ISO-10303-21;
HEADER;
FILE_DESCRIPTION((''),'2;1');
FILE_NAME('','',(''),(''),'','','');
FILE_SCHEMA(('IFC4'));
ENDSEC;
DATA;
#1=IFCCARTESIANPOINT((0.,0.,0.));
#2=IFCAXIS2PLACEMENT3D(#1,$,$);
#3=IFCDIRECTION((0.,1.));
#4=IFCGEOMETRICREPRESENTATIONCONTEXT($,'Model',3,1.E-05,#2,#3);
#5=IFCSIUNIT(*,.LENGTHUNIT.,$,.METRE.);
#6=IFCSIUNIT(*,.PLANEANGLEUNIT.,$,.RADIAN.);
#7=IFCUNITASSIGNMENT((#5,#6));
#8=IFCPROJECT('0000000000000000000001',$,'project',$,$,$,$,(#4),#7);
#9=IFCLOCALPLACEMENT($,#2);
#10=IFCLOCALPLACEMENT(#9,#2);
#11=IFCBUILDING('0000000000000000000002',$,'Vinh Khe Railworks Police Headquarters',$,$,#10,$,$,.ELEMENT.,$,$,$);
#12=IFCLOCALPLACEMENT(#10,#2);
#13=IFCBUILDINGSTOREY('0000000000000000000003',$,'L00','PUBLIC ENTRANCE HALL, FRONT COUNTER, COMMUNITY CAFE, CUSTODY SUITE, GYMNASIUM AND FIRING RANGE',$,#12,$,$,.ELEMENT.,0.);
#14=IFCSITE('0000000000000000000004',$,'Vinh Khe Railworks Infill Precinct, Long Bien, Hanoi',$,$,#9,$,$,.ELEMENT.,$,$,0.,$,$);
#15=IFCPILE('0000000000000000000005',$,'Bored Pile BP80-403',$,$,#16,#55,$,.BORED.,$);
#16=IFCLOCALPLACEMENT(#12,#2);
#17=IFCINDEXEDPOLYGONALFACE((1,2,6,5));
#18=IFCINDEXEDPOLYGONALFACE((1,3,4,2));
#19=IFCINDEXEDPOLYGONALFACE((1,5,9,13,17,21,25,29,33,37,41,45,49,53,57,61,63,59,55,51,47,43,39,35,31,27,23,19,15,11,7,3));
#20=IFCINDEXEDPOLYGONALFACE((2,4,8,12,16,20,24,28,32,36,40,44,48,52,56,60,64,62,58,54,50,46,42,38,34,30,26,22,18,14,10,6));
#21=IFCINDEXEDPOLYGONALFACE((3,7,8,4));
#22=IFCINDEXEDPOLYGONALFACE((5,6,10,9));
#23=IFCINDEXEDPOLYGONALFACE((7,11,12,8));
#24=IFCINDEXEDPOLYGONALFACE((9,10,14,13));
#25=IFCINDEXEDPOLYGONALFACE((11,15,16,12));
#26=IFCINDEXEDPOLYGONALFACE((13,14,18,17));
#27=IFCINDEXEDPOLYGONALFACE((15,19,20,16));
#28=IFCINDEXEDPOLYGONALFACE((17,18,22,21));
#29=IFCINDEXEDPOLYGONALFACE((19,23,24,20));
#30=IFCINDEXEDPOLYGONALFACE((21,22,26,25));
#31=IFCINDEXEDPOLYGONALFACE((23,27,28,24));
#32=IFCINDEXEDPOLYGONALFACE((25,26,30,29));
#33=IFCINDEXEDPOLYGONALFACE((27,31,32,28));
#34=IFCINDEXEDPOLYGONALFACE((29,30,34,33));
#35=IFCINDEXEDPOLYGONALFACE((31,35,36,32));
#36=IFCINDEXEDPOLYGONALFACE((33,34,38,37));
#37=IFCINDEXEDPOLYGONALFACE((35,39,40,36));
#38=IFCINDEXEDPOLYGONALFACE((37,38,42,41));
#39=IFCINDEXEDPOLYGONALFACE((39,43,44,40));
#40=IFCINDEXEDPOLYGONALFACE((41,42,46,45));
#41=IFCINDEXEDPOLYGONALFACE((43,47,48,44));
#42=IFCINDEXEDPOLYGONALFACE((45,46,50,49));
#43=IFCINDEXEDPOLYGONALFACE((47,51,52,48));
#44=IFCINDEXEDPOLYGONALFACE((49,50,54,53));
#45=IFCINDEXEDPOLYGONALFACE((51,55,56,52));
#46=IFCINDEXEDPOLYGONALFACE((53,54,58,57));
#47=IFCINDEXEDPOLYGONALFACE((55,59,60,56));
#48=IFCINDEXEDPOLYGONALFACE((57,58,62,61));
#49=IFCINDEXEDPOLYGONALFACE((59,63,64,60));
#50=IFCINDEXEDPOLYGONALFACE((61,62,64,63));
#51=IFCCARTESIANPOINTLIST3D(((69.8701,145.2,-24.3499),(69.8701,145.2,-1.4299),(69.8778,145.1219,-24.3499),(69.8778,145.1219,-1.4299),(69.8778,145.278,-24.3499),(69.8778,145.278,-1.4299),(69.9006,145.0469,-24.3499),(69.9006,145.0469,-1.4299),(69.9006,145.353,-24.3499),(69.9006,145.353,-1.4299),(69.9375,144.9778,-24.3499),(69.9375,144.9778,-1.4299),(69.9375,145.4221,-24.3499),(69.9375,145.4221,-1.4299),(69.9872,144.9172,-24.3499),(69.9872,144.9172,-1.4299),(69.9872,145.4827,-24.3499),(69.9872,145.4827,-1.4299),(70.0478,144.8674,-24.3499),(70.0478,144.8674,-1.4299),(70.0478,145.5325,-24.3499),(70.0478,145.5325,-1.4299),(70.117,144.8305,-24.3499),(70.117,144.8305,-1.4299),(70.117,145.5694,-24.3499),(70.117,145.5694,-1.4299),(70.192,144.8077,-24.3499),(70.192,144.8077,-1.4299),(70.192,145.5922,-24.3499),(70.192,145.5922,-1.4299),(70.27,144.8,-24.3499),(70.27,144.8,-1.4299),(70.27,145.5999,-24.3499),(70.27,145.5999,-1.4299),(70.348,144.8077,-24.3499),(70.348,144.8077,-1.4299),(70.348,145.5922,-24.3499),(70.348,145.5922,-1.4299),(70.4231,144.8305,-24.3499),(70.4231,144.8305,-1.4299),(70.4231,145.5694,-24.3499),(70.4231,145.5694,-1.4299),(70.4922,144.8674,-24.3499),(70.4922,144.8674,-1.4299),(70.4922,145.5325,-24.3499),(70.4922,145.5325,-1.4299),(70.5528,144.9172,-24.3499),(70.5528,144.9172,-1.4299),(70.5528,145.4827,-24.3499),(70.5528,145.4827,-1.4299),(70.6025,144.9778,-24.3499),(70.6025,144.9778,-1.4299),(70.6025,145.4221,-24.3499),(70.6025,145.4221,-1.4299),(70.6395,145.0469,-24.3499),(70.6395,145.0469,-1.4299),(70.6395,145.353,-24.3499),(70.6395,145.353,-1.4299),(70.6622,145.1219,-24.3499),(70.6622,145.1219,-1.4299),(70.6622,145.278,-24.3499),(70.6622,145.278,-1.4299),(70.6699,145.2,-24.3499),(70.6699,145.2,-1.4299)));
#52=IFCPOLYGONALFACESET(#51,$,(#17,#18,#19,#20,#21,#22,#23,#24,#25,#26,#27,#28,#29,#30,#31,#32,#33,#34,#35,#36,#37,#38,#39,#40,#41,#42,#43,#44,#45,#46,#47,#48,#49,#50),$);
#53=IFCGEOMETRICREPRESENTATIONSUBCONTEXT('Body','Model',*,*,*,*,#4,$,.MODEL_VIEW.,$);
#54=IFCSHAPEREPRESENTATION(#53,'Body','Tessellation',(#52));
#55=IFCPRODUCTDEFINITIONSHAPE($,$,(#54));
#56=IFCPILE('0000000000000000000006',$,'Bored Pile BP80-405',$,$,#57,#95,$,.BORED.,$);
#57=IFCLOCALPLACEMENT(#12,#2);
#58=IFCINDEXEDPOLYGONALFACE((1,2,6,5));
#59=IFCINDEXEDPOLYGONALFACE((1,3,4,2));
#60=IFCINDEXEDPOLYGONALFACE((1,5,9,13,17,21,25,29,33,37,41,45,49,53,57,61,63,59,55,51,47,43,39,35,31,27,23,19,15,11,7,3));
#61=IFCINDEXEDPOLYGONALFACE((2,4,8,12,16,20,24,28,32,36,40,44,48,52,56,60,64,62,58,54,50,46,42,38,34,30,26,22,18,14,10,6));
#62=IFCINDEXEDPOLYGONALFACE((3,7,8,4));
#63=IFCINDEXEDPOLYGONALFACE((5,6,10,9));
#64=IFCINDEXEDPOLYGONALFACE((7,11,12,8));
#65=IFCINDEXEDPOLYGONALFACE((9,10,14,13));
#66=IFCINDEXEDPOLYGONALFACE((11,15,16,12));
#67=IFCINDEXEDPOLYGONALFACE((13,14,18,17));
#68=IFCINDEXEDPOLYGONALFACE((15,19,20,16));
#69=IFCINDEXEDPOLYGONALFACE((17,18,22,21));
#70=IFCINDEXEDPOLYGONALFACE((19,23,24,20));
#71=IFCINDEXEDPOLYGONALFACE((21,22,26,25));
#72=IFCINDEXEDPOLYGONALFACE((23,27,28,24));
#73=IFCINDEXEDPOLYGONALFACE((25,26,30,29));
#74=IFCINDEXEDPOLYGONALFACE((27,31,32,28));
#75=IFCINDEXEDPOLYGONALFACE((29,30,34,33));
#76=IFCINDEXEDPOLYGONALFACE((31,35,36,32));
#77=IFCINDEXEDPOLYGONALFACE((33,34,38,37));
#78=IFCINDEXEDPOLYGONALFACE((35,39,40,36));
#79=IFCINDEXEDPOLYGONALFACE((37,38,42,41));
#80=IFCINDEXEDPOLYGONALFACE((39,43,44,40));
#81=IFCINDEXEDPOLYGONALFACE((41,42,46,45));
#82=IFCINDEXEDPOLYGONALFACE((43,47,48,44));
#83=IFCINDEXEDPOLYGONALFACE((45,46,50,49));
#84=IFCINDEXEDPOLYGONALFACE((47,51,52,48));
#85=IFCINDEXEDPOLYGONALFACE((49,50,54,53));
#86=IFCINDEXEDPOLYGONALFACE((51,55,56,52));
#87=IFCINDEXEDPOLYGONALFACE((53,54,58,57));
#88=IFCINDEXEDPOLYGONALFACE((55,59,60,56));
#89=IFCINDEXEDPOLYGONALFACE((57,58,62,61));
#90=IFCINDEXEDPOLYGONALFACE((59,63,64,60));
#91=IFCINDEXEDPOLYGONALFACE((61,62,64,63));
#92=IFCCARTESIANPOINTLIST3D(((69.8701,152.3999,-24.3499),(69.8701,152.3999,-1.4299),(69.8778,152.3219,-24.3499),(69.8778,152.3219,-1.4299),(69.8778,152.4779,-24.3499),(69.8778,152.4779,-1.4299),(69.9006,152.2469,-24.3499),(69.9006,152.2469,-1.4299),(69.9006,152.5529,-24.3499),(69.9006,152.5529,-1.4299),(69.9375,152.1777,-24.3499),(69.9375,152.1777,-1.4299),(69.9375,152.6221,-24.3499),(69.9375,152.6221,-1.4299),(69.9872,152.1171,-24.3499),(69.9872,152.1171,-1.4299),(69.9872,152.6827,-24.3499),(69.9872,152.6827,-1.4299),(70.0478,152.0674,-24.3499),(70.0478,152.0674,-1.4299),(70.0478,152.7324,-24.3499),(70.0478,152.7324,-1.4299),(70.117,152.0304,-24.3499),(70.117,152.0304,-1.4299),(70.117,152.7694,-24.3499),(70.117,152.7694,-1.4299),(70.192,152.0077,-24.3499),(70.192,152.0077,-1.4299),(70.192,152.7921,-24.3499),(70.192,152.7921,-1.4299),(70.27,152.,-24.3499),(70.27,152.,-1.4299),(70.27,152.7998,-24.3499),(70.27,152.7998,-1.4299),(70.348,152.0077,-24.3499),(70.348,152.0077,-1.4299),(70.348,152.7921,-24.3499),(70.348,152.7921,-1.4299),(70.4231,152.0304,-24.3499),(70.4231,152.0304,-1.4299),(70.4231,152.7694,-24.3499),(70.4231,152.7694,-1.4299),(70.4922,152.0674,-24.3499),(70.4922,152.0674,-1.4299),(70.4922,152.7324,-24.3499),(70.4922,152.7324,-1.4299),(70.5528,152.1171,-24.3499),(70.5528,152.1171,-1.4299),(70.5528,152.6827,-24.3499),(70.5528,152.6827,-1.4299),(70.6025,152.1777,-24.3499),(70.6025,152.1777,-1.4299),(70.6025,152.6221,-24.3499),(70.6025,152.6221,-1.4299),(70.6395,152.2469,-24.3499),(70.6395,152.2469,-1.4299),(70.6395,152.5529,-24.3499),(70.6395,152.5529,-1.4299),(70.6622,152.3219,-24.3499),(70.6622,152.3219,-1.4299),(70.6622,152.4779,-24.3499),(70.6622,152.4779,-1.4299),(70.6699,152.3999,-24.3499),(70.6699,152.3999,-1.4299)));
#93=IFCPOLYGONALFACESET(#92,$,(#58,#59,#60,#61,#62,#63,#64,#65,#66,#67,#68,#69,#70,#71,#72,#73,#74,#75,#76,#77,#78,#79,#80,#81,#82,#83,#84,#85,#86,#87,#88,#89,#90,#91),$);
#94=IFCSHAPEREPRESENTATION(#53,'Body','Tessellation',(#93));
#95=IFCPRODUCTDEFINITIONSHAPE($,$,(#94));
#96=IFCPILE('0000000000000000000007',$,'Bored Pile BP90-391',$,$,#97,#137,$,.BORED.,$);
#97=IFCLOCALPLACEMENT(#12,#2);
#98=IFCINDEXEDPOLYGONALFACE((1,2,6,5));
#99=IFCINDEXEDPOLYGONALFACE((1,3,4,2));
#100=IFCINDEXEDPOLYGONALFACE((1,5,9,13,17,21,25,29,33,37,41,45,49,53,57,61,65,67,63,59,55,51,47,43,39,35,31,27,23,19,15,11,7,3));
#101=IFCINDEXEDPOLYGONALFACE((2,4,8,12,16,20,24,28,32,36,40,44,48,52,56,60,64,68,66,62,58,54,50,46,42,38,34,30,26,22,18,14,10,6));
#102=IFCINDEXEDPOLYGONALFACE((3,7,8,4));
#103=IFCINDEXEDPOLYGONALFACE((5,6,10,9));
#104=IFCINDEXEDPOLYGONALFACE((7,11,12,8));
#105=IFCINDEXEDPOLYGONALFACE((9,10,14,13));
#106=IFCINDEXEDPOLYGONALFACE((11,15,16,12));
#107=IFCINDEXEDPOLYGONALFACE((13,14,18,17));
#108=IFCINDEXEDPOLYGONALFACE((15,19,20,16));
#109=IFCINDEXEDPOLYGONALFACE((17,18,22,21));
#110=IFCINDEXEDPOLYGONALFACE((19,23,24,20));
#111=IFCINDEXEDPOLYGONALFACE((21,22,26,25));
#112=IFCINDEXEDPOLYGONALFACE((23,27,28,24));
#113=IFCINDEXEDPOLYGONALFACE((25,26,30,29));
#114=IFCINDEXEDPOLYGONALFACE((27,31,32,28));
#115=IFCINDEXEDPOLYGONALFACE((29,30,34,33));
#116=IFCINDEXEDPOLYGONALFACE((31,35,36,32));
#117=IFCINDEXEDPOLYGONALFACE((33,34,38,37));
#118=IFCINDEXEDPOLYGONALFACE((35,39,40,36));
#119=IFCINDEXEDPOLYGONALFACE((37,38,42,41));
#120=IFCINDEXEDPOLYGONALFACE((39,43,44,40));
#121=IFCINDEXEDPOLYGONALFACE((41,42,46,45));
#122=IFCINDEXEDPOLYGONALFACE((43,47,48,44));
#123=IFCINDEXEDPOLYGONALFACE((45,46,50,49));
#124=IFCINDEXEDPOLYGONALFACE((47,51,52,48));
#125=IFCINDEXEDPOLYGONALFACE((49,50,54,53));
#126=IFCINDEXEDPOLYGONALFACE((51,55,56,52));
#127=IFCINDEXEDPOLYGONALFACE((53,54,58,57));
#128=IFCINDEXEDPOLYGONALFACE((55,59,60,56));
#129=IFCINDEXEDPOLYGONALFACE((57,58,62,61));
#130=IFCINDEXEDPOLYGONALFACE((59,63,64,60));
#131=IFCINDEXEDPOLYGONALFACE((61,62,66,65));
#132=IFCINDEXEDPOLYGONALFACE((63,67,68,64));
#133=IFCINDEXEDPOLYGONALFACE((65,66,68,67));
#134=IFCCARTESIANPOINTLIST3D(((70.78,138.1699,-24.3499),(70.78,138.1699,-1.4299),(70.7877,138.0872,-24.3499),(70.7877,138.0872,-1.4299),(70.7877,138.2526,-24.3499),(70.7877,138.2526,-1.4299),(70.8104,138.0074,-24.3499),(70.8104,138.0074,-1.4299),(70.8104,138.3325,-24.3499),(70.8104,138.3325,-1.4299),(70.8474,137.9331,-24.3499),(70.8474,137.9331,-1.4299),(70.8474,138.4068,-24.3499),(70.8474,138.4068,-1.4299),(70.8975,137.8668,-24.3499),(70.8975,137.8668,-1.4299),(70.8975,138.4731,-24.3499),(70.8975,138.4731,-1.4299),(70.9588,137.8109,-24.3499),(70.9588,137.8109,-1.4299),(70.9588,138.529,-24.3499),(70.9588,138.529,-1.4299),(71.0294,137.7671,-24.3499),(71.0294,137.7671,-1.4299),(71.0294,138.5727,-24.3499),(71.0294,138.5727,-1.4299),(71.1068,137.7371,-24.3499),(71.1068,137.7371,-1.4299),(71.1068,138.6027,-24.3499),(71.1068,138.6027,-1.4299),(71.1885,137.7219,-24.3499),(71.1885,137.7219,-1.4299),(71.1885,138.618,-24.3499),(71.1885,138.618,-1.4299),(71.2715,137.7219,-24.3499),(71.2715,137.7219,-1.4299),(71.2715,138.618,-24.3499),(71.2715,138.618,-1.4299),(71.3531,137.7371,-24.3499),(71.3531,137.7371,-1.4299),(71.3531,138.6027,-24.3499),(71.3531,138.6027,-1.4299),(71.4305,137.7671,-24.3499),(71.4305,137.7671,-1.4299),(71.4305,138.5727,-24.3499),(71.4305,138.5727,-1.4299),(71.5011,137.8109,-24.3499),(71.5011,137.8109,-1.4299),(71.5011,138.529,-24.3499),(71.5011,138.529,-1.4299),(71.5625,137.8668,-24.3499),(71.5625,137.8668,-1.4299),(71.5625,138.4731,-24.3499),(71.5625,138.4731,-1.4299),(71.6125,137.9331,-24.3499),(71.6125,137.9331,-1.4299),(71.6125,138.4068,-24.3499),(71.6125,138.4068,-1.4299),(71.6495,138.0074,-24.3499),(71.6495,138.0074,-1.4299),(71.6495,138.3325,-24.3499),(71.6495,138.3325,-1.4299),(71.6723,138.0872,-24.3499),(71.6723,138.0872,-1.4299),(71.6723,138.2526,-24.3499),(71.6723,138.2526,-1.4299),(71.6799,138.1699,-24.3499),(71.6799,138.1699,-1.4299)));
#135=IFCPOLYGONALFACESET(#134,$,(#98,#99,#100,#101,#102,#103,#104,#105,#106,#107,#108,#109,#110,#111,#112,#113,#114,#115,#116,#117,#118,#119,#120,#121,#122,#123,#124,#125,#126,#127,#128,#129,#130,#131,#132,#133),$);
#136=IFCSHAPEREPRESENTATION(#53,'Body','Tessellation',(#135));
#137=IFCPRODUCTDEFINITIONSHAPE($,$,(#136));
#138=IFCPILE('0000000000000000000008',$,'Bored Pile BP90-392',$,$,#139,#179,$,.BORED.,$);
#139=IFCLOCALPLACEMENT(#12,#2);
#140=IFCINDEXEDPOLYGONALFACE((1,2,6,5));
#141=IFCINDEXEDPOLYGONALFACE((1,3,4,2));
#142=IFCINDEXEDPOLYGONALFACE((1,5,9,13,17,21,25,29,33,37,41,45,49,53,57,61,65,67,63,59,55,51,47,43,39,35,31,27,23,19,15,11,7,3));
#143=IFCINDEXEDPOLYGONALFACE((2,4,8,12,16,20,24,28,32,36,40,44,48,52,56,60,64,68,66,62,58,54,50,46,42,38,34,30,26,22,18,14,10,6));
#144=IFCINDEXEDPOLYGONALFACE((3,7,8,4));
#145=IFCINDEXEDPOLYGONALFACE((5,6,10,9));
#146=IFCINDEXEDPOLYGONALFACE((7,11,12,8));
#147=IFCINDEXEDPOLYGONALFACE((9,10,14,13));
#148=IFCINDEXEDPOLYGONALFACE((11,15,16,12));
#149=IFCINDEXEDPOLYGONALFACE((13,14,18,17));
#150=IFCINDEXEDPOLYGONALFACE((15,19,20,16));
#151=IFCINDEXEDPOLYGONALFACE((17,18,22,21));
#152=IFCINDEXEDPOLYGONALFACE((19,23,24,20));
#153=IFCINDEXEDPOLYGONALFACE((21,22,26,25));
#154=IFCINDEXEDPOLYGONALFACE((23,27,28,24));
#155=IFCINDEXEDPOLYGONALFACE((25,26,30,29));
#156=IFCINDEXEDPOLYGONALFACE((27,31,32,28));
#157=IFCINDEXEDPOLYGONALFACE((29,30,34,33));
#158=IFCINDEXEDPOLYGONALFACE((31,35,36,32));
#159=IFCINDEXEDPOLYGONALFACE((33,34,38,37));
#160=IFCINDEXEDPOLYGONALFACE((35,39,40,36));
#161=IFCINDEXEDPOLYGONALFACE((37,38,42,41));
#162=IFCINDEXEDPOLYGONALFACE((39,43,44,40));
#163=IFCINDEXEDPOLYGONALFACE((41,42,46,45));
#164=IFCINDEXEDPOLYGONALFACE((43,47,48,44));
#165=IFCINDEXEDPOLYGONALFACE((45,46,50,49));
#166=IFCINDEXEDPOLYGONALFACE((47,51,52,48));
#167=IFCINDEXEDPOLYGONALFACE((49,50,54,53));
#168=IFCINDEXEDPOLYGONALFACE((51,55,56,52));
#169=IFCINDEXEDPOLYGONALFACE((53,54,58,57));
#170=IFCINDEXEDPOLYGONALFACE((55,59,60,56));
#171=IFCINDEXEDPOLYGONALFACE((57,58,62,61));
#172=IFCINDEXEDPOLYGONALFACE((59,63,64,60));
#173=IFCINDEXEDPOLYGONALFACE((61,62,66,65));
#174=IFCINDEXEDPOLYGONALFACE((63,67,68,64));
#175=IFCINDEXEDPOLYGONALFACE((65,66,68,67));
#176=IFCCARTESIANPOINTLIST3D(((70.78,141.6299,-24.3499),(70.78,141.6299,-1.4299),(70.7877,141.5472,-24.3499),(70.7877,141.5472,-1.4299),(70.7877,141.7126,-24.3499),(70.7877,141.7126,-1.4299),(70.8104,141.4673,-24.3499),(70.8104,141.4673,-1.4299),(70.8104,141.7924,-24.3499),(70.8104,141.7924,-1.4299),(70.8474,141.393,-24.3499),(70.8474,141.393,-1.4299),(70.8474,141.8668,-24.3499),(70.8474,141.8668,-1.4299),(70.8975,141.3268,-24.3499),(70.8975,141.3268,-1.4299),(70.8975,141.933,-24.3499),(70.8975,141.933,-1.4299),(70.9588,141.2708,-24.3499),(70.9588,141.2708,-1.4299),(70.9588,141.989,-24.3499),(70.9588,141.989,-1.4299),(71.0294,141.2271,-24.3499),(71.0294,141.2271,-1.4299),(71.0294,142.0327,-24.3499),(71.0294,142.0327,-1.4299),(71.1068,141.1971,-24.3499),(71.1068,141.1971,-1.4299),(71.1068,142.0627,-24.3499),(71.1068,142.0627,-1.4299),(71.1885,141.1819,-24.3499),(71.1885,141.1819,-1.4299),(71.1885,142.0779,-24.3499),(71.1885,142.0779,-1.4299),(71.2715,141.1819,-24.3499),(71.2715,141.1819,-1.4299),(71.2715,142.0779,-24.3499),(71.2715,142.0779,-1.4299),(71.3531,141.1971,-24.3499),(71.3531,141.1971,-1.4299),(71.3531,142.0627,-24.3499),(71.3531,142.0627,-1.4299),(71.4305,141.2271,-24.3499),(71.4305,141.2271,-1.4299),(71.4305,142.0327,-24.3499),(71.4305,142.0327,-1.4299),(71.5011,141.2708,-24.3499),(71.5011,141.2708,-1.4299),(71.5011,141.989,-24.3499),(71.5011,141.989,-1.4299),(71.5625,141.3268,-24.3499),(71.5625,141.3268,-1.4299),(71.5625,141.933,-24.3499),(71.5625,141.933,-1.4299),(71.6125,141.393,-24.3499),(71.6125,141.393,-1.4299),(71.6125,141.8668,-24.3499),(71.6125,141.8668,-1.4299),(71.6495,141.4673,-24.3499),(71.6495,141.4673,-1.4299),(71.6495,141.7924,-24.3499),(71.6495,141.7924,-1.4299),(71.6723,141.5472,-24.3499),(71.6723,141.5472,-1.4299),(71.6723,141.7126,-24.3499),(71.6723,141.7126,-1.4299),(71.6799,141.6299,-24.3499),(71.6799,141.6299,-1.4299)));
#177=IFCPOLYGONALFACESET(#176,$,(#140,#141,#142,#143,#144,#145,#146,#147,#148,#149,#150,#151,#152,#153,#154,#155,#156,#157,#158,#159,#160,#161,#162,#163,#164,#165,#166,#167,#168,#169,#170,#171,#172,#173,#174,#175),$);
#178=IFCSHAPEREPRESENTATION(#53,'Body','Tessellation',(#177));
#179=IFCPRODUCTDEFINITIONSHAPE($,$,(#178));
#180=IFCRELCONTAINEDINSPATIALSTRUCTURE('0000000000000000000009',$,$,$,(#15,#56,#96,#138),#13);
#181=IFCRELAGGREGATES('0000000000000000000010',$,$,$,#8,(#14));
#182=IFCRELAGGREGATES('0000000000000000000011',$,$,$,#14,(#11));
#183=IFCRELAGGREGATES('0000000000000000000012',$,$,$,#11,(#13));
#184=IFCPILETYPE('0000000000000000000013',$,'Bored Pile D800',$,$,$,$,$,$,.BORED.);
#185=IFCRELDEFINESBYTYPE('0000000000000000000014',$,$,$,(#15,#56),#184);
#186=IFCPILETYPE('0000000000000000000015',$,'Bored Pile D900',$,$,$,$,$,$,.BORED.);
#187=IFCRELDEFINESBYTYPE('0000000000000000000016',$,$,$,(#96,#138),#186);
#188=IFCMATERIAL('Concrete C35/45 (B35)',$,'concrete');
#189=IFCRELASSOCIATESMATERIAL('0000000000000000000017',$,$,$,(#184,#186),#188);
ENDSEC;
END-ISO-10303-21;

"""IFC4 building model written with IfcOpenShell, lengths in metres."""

from ifc_helpers import new_model, si_unit, direction, frame, origin, origin_2d, place, context, subcontext, project, spatial, circle, extrude, material, material_profile, profile_set, type_object, element, save


model = new_model("IFC4")

# Units and contexts
model_context = context("Model", 3, precision=1e-05, world=origin(), true_north=direction((0.0, 1.0)))
body_context = subcontext(model_context, "Body", "Model", "MODEL_VIEW")
ifc_project = project(units=[si_unit("LENGTHUNIT", "METRE"), si_unit("PLANEANGLEUNIT", "RADIAN")], contexts=[model_context])

# Site, building, storey
site_placement = place(None, origin())
site = spatial("IfcSite", under=ifc_project, at=site_placement, Name="Vinh Khe Railworks Infill Precinct, Long Bien, Hanoi", CompositionType="ELEMENT", RefElevation=0.0)
building_placement = place(site_placement, origin())
building = spatial("IfcBuilding", under=site, at=building_placement, Name="Vinh Khe Railworks Police Headquarters", CompositionType="ELEMENT")
storey_placement = place(building_placement, origin())
storey = spatial("IfcBuildingStorey", under=building, at=storey_placement, Name="L00", Description="PUBLIC ENTRANCE HALL, FRONT COUNTER, COMMUNITY CAFE, CUSTODY SUITE, GYMNASIUM AND FIRING RANGE", CompositionType="ELEMENT", Elevation=0.0)

# Piles
ifc_material_1 = material(Name="Concrete C35/45 (B35)", Category="concrete")
ifc_material_profile_1 = material_profile(ifc_material_1, circle(Radius=0.3999, at=origin_2d()), Name="BORED PILE D800")
ifc_profile_set_1 = profile_set([ifc_material_profile_1], Name="Concrete C35/45 (B35)")
pile_type_1 = type_object("IfcPileType", Name="Bored Pile D800", PredefinedType="BORED", material=ifc_profile_set_1)
for number, where, z_axis, x_axis, name in (
    (1, (70.27, 145.2, -1.4299), (0.0, 0.0, -1.0), (1.0, 0.0, 0.0), "Bored Pile BP80-403"),
    (2, (70.27, 152.3999, -1.4299), (0.0, 0.0, -1.0), (1.0, 0.0, 0.0), "Bored Pile BP80-405"),
):
    element("IfcPile", number, at=place(storey_placement, frame(where, z_axis=z_axis, x_axis=x_axis)), inside=storey, type_object=pile_type_1, Name=name, PredefinedType="BORED", context=body_context, shape_type="SweptSolid", body=[
        extrude(circle(Radius=0.3999, at=origin_2d()), origin(), (0.0, 0.0, 1.0), 22.9199),
    ])
ifc_material_profile_2 = material_profile(ifc_material_1, circle(Radius=0.45, at=origin_2d()), Name="BORED PILE D900")
ifc_profile_set_2 = profile_set([ifc_material_profile_2], Name="Concrete C35/45 (B35)")
pile_type_2 = type_object("IfcPileType", Name="Bored Pile D900", PredefinedType="BORED", material=ifc_profile_set_2)
for number, where, z_axis, x_axis, name in (
    (3, (71.23, 138.1699, -1.4299), (0.0, 0.0, -1.0), (1.0, 0.0, 0.0), "Bored Pile BP90-391"),
    (4, (71.23, 141.6299, -1.4299), (0.0, 0.0, -1.0), (1.0, 0.0, 0.0), "Bored Pile BP90-392"),
):
    element("IfcPile", number, at=place(storey_placement, frame(where, z_axis=z_axis, x_axis=x_axis)), inside=storey, type_object=pile_type_2, Name=name, PredefinedType="BORED", context=body_context, shape_type="SweptSolid", body=[
        extrude(circle(Radius=0.45, at=origin_2d()), origin(), (0.0, 0.0, 1.0), 22.9199),
    ])

save(model, "model.ifc")
